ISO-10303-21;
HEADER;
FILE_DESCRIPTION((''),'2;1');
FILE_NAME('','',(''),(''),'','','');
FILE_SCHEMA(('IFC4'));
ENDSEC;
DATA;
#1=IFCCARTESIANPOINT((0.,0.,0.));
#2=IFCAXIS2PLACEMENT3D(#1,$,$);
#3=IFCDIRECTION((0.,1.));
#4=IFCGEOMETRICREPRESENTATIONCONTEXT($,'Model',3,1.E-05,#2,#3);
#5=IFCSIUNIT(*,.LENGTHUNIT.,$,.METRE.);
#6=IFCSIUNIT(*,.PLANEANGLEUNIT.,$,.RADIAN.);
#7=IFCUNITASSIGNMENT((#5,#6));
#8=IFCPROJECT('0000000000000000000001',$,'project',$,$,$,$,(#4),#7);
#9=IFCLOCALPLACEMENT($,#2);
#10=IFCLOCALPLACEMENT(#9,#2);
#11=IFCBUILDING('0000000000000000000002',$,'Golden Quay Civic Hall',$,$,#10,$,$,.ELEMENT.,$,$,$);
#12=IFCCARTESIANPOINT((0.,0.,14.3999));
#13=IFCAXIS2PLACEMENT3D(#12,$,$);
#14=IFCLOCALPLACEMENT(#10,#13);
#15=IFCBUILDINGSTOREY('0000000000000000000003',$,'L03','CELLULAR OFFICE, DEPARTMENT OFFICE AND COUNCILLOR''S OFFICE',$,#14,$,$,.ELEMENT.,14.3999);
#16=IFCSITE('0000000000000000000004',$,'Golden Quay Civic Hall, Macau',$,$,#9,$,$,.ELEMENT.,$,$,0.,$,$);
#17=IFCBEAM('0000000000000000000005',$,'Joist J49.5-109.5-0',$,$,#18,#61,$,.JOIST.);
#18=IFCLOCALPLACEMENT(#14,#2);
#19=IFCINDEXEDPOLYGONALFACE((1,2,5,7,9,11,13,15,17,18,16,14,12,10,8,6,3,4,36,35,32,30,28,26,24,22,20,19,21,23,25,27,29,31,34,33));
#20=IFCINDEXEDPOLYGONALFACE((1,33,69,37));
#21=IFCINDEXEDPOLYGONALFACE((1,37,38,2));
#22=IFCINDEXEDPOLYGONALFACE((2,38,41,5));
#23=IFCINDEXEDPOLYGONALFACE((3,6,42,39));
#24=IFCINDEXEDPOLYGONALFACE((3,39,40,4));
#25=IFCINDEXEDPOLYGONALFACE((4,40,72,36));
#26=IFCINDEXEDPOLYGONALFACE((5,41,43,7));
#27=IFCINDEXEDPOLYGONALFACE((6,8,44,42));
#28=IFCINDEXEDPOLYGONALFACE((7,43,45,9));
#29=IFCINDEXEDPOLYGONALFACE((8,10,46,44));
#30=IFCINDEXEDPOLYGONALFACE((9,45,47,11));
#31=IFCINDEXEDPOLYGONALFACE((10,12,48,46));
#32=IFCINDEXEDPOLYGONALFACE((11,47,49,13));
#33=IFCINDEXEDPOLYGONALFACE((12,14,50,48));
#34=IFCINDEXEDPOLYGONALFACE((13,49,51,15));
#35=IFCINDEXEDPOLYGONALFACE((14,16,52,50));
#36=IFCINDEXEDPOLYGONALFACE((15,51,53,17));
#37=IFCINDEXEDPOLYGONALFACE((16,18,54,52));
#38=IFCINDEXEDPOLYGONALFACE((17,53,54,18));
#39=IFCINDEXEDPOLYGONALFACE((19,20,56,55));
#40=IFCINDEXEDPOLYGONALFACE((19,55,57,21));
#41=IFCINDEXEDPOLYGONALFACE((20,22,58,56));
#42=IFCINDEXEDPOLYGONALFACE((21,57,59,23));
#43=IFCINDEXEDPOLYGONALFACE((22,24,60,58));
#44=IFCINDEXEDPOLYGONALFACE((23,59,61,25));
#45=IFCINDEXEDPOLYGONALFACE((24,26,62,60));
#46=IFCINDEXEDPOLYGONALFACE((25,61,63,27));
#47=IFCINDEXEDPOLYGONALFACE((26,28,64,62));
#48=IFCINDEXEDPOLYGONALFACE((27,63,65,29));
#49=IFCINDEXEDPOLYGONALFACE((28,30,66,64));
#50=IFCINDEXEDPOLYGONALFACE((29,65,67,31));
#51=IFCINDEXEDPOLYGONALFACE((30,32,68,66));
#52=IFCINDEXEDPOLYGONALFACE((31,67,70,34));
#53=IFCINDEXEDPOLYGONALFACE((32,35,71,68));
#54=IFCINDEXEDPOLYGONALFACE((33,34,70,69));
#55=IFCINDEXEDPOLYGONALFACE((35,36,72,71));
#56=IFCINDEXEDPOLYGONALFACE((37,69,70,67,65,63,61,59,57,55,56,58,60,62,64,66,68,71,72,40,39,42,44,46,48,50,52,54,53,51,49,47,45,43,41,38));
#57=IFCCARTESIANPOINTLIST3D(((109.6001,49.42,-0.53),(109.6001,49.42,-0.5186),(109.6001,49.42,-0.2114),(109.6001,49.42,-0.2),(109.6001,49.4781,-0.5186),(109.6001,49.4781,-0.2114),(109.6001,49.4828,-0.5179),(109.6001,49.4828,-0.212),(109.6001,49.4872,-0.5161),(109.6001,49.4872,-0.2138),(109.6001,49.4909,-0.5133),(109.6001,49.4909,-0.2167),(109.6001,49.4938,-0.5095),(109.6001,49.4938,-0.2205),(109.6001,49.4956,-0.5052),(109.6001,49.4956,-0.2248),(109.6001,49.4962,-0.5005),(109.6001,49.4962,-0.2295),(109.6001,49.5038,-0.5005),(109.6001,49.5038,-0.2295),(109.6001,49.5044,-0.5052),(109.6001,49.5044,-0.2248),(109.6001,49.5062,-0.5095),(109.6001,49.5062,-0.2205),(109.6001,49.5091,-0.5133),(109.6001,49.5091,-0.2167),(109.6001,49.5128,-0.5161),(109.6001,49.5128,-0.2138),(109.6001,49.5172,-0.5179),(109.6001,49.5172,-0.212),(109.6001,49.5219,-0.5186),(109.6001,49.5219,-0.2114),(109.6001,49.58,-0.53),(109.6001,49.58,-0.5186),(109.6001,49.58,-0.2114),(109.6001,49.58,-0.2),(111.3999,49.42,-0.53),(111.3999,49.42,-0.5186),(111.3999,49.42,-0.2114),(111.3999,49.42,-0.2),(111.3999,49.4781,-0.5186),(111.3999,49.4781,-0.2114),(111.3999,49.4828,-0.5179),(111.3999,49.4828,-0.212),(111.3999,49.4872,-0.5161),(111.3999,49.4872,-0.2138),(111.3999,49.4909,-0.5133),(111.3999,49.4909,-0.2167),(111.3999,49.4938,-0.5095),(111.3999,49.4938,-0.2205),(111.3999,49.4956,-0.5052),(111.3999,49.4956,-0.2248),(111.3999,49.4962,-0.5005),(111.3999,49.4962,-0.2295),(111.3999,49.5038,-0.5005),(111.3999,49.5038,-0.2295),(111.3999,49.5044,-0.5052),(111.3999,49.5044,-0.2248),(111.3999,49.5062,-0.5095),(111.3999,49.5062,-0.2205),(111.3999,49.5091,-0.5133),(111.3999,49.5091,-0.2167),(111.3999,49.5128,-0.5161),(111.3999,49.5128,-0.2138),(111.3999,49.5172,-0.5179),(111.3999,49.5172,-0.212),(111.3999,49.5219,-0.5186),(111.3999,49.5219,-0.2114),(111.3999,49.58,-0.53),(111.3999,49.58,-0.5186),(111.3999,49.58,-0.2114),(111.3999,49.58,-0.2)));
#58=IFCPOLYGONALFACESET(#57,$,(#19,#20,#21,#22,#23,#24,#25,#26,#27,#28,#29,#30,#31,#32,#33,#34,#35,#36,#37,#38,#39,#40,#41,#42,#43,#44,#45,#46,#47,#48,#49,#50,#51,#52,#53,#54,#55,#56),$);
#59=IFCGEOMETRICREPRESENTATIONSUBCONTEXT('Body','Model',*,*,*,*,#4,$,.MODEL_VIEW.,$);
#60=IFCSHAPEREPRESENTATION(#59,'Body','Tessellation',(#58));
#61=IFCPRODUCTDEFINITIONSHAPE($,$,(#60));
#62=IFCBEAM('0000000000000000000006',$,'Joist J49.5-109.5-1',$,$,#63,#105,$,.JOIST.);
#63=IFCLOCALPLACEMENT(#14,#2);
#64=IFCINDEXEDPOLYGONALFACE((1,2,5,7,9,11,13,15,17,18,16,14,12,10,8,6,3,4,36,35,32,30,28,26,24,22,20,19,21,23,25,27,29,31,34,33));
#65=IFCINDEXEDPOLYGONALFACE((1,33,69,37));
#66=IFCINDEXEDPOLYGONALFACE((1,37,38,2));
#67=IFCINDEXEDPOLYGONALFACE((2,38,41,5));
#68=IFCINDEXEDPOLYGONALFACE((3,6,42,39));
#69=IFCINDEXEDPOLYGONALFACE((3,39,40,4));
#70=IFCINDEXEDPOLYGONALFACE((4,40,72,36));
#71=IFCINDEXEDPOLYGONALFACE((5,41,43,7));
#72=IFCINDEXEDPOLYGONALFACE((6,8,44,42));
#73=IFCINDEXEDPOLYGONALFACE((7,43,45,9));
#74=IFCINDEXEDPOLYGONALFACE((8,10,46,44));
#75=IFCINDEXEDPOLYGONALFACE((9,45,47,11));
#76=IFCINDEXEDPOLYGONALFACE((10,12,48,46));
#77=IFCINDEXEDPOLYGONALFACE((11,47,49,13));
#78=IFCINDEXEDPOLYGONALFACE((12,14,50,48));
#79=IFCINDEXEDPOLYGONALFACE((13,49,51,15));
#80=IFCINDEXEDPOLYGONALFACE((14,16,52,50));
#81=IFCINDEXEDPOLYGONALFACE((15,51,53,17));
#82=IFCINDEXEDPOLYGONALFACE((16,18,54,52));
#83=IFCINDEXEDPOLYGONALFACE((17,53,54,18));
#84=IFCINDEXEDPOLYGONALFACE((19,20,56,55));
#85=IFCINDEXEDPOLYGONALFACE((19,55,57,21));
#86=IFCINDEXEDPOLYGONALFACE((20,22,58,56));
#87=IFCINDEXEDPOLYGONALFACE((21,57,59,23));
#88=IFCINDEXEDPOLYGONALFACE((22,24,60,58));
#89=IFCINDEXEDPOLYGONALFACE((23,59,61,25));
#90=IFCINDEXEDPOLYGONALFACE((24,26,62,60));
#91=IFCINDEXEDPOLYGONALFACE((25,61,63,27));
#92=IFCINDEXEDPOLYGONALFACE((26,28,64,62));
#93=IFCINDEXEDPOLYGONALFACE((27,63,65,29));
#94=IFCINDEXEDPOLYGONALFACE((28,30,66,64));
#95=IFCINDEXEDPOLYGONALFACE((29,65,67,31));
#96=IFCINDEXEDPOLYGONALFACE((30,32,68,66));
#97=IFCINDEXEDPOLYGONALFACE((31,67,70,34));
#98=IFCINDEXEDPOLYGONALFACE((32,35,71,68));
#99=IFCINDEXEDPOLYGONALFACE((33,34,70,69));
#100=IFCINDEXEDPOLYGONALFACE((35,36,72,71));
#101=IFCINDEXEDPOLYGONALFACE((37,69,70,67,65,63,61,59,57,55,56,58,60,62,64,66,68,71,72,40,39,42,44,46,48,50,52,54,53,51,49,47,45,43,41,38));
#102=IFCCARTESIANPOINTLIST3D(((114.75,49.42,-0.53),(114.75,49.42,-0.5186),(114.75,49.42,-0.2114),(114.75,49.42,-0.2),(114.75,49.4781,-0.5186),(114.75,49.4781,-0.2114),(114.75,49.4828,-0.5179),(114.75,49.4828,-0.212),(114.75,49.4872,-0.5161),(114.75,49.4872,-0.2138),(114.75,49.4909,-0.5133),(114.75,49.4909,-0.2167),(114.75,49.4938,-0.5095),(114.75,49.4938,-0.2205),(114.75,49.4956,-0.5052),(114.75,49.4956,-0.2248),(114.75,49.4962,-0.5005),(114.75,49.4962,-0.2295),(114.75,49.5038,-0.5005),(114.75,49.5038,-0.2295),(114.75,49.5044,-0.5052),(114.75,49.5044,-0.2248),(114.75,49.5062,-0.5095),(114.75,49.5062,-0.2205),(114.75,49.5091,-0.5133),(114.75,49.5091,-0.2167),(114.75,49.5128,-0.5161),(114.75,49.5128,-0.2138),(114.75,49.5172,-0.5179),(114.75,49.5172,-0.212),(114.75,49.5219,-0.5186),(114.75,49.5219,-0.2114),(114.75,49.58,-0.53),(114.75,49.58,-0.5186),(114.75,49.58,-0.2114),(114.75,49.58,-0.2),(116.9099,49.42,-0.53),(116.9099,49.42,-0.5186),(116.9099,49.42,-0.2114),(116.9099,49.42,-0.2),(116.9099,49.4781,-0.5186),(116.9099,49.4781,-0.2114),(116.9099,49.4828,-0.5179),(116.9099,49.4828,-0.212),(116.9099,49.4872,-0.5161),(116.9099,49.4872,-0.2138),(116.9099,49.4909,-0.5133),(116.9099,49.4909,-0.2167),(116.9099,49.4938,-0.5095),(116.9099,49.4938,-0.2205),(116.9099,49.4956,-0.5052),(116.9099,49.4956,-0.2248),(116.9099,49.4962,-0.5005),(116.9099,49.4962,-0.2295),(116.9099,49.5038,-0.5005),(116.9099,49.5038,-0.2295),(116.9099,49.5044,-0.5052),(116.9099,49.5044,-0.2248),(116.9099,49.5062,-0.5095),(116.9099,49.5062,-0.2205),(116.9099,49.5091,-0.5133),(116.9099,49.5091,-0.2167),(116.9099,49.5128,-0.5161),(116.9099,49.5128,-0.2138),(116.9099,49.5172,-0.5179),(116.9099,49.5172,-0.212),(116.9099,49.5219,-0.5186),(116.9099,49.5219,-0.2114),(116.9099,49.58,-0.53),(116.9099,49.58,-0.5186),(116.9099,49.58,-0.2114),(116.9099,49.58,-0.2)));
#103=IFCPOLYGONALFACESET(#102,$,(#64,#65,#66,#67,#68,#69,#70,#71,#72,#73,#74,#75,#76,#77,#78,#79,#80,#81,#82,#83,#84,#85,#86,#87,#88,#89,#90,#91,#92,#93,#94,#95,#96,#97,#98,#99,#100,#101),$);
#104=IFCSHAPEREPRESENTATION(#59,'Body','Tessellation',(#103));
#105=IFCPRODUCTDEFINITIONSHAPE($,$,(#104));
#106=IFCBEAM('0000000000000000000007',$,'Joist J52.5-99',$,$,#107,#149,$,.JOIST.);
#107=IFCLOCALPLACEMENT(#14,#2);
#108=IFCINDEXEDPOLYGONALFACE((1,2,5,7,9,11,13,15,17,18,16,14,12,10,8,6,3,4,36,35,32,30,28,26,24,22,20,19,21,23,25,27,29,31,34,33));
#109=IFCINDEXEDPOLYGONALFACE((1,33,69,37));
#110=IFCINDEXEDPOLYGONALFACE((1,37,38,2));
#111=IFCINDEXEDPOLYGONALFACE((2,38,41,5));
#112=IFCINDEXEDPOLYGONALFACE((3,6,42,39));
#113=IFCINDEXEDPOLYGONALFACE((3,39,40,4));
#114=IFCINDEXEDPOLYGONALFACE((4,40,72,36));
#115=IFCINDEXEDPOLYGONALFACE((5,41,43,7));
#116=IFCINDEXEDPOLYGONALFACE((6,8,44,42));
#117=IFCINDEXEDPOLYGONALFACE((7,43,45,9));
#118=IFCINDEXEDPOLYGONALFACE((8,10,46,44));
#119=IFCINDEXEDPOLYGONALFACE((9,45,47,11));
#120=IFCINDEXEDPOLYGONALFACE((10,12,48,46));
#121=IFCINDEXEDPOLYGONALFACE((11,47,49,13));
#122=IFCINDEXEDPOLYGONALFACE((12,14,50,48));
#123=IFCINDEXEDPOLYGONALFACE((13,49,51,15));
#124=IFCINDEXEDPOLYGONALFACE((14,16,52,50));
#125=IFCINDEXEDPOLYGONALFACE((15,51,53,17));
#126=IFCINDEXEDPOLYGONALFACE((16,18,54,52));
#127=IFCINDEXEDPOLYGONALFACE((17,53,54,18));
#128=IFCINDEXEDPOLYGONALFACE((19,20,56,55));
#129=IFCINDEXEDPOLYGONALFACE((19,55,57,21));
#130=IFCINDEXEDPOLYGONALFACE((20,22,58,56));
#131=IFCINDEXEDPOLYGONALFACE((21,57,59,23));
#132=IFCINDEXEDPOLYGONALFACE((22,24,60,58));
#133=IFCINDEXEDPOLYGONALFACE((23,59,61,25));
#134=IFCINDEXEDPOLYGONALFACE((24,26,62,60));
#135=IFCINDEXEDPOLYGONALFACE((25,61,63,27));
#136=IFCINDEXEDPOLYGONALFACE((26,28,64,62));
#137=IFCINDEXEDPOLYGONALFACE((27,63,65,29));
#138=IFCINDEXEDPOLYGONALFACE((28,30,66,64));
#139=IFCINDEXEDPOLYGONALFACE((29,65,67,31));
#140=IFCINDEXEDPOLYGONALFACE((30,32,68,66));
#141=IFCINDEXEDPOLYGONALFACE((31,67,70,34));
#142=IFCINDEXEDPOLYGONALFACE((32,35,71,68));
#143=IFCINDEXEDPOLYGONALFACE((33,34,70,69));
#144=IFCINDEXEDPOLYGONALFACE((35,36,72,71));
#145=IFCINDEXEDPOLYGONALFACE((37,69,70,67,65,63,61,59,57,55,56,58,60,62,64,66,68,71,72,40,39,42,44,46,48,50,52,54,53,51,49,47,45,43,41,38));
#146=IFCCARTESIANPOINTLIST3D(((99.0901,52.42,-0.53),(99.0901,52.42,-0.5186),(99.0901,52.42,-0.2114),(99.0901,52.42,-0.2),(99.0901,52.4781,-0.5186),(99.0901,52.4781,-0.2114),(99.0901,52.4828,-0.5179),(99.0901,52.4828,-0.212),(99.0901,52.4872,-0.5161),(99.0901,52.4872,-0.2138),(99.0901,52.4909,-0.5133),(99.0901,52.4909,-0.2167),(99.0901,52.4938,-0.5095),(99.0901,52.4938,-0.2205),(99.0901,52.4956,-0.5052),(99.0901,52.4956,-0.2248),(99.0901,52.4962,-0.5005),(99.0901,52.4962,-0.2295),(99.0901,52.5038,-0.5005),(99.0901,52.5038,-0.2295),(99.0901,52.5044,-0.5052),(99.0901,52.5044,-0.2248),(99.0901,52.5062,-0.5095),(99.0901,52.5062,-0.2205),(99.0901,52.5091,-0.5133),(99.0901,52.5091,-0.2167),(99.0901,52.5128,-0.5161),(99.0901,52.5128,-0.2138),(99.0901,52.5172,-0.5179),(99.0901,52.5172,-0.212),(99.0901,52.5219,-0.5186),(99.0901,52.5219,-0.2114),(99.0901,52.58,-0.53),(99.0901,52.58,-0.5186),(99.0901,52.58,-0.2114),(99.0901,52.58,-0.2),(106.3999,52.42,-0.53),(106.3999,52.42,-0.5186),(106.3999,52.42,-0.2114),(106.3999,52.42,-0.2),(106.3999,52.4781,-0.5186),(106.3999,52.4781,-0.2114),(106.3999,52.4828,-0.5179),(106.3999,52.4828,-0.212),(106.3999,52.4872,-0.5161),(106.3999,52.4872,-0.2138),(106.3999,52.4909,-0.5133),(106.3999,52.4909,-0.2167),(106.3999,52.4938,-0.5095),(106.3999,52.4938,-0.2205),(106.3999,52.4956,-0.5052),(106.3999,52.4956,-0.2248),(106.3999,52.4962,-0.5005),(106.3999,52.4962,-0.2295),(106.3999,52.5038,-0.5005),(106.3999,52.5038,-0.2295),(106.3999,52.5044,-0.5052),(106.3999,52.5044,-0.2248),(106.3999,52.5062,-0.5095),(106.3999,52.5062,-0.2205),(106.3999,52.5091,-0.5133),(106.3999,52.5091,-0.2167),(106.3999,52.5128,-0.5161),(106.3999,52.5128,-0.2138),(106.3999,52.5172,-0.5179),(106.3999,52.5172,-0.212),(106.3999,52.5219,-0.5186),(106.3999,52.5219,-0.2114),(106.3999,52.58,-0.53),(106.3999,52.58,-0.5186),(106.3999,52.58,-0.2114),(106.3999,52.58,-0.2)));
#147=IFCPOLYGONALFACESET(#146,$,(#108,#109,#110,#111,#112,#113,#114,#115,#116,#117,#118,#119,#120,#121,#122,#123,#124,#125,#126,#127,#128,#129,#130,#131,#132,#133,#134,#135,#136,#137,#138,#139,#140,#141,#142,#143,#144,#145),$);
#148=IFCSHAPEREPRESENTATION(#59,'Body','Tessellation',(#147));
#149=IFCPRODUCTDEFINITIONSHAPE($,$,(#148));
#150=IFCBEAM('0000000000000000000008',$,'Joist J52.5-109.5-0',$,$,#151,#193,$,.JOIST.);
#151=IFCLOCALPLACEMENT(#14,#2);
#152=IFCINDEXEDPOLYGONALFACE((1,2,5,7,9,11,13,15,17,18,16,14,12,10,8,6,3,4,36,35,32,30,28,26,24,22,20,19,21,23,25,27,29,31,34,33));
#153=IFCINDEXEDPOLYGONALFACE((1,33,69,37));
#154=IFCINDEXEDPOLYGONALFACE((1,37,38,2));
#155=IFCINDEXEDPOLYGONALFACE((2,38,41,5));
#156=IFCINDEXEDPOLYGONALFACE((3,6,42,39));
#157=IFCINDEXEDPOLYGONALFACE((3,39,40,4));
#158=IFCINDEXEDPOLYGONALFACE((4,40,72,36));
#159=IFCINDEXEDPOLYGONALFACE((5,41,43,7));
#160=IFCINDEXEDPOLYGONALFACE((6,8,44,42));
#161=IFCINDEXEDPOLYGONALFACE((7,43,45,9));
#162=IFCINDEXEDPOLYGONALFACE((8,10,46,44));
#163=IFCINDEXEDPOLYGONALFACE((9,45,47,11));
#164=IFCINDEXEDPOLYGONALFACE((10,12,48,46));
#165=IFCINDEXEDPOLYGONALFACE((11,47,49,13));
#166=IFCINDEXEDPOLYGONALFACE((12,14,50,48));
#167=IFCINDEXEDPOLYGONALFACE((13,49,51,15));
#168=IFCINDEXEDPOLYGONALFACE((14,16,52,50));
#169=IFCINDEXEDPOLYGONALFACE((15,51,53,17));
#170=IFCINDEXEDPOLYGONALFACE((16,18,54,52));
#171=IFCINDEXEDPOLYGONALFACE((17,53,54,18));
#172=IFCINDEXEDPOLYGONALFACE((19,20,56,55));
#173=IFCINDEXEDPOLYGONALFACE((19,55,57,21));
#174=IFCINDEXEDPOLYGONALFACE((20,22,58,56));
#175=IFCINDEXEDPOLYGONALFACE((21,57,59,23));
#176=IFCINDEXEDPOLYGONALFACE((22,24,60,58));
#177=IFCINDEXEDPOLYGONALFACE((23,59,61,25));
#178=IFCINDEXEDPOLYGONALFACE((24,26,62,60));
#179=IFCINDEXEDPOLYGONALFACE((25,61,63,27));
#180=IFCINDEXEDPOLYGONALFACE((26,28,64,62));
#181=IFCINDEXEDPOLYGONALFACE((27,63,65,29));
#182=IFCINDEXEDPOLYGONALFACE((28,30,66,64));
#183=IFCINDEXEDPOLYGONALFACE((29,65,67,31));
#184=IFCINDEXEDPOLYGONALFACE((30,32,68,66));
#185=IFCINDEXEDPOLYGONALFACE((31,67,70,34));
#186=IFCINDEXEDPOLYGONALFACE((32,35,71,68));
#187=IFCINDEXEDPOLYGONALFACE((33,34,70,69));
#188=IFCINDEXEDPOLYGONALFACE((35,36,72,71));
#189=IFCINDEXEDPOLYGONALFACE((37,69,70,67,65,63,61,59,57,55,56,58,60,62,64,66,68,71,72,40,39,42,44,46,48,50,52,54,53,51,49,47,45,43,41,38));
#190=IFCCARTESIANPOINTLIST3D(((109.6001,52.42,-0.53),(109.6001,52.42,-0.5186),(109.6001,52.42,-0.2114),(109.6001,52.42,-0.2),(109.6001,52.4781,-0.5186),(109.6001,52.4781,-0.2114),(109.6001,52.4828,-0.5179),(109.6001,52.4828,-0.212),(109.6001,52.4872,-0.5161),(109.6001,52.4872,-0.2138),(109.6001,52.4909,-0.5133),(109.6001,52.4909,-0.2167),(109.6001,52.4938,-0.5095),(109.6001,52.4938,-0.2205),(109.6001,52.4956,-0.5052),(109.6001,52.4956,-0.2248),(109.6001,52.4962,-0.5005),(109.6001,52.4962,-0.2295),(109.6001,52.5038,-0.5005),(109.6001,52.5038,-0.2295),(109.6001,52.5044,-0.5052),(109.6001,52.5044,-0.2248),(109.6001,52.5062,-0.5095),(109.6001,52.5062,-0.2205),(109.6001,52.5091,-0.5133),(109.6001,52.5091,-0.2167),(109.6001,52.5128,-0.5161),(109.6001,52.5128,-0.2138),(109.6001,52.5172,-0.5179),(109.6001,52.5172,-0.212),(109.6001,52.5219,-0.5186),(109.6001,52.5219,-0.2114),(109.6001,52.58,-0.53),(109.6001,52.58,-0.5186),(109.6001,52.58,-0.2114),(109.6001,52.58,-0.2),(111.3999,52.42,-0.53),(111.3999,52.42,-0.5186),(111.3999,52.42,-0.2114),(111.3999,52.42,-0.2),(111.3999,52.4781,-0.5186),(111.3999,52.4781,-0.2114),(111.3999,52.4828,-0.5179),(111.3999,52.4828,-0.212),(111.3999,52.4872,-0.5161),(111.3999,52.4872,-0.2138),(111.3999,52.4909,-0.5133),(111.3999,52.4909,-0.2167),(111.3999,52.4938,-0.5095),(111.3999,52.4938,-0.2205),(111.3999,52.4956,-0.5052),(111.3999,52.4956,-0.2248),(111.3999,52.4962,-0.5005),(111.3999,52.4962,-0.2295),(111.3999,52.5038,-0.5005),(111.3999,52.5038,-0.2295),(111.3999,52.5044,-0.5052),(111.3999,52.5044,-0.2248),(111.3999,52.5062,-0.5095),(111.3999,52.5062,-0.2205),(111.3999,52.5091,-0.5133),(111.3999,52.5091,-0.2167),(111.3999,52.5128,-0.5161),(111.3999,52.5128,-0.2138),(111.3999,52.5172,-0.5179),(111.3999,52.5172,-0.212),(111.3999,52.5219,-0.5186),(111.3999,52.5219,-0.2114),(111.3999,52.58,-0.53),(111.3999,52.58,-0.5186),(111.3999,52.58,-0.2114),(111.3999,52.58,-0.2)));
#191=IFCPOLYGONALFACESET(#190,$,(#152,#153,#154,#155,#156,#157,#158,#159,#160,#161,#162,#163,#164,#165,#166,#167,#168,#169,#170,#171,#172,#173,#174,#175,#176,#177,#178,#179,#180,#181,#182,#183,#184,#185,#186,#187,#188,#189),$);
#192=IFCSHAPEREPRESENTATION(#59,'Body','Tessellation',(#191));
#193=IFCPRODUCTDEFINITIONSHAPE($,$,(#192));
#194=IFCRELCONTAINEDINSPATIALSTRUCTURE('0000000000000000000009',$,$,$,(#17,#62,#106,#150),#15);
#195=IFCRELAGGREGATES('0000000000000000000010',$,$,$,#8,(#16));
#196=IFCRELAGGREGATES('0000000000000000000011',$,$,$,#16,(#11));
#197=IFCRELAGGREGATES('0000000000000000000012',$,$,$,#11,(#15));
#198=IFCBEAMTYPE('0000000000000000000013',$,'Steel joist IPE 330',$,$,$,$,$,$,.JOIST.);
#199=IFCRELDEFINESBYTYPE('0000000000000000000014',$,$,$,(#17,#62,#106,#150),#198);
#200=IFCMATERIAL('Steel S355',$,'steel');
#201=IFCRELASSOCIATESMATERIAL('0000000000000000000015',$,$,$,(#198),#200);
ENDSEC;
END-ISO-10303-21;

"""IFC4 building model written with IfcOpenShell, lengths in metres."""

from ifc_helpers import new_model, si_unit, direction, frame, origin, origin_2d, place, context, subcontext, project, spatial, i_section, extrude, material, material_profile, profile_set, type_object, element, save


model = new_model("IFC4")

# Units and contexts
model_context = context("Model", 3, precision=1e-05, world=origin(), true_north=direction((0.0, 1.0)))
body_context = subcontext(model_context, "Body", "Model", "MODEL_VIEW")
ifc_project = project(units=[si_unit("LENGTHUNIT", "METRE"), si_unit("PLANEANGLEUNIT", "RADIAN")], contexts=[model_context])

# Site, building, storey
site_placement = place(None, origin())
site = spatial("IfcSite", under=ifc_project, at=site_placement, Name="Golden Quay Civic Hall, Macau", CompositionType="ELEMENT", RefElevation=0.0)
building_placement = place(site_placement, origin())
building = spatial("IfcBuilding", under=site, at=building_placement, Name="Golden Quay Civic Hall", CompositionType="ELEMENT")
storey_placement = place(building_placement, frame((0.0, 0.0, 14.3999)))
storey = spatial("IfcBuildingStorey", under=building, at=storey_placement, Name="L03", Description="CELLULAR OFFICE, DEPARTMENT OFFICE AND COUNCILLOR'S OFFICE", CompositionType="ELEMENT", Elevation=14.3999)

# Beams
ifc_material_1 = material(Name="Steel S355", Category="steel")
ifc_material_profile_1 = material_profile(ifc_material_1, i_section(OverallWidth=0.1599, OverallDepth=0.3301, WebThickness=0.0076, FlangeThickness=0.0115, FilletRadius=0.0181, at=origin_2d()), Name="IPE 330")
ifc_profile_set_1 = profile_set([ifc_material_profile_1], Name="Steel S355")
beam_type_1 = type_object("IfcBeamType", Name="Steel joist IPE 330", PredefinedType="JOIST", material=ifc_profile_set_1)
beam_1_placement = place(storey_placement, frame((109.6001, 49.5, -0.365), z_axis=(1.0, 0.0, 0.0), x_axis=(0.0, 1.0, 0.0)))
element("IfcBeam", 1, at=beam_1_placement, inside=storey, type_object=beam_type_1, Name="Joist J49.5-109.5-0", PredefinedType="JOIST", context=body_context, shape_type="SweptSolid", body=[
    extrude(i_section(OverallWidth=0.1599, OverallDepth=0.3301, WebThickness=0.0076, FlangeThickness=0.0115, FilletRadius=0.0181, at=origin_2d()), origin(), (0.0, 0.0, 1.0), 1.7998),
])
beam_2_placement = place(storey_placement, frame((114.75, 49.5, -0.365), z_axis=(1.0, 0.0, 0.0), x_axis=(0.0, 1.0, 0.0)))
element("IfcBeam", 2, at=beam_2_placement, inside=storey, type_object=beam_type_1, Name="Joist J49.5-109.5-1", PredefinedType="JOIST", context=body_context, shape_type="SweptSolid", body=[
    extrude(i_section(OverallWidth=0.1599, OverallDepth=0.3301, WebThickness=0.0076, FlangeThickness=0.0115, FilletRadius=0.0181, at=origin_2d()), origin(), (0.0, 0.0, 1.0), 2.1599),
])
beam_3_placement = place(storey_placement, frame((99.0901, 52.5, -0.365), z_axis=(1.0, 0.0, 0.0), x_axis=(0.0, 1.0, 0.0)))
element("IfcBeam", 3, at=beam_3_placement, inside=storey, type_object=beam_type_1, Name="Joist J52.5-99", PredefinedType="JOIST", context=body_context, shape_type="SweptSolid", body=[
    extrude(i_section(OverallWidth=0.1599, OverallDepth=0.3301, WebThickness=0.0076, FlangeThickness=0.0115, FilletRadius=0.0181, at=origin_2d()), origin(), (0.0, 0.0, 1.0), 7.3098),
])
beam_4_placement = place(storey_placement, frame((109.6001, 52.5, -0.365), z_axis=(1.0, 0.0, 0.0), x_axis=(0.0, 1.0, 0.0)))
element("IfcBeam", 4, at=beam_4_placement, inside=storey, type_object=beam_type_1, Name="Joist J52.5-109.5-0", PredefinedType="JOIST", context=body_context, shape_type="SweptSolid", body=[
    extrude(i_section(OverallWidth=0.1599, OverallDepth=0.3301, WebThickness=0.0076, FlangeThickness=0.0115, FilletRadius=0.0181, at=origin_2d()), origin(), (0.0, 0.0, 1.0), 1.7998),
])

save(model, "model.ifc")
